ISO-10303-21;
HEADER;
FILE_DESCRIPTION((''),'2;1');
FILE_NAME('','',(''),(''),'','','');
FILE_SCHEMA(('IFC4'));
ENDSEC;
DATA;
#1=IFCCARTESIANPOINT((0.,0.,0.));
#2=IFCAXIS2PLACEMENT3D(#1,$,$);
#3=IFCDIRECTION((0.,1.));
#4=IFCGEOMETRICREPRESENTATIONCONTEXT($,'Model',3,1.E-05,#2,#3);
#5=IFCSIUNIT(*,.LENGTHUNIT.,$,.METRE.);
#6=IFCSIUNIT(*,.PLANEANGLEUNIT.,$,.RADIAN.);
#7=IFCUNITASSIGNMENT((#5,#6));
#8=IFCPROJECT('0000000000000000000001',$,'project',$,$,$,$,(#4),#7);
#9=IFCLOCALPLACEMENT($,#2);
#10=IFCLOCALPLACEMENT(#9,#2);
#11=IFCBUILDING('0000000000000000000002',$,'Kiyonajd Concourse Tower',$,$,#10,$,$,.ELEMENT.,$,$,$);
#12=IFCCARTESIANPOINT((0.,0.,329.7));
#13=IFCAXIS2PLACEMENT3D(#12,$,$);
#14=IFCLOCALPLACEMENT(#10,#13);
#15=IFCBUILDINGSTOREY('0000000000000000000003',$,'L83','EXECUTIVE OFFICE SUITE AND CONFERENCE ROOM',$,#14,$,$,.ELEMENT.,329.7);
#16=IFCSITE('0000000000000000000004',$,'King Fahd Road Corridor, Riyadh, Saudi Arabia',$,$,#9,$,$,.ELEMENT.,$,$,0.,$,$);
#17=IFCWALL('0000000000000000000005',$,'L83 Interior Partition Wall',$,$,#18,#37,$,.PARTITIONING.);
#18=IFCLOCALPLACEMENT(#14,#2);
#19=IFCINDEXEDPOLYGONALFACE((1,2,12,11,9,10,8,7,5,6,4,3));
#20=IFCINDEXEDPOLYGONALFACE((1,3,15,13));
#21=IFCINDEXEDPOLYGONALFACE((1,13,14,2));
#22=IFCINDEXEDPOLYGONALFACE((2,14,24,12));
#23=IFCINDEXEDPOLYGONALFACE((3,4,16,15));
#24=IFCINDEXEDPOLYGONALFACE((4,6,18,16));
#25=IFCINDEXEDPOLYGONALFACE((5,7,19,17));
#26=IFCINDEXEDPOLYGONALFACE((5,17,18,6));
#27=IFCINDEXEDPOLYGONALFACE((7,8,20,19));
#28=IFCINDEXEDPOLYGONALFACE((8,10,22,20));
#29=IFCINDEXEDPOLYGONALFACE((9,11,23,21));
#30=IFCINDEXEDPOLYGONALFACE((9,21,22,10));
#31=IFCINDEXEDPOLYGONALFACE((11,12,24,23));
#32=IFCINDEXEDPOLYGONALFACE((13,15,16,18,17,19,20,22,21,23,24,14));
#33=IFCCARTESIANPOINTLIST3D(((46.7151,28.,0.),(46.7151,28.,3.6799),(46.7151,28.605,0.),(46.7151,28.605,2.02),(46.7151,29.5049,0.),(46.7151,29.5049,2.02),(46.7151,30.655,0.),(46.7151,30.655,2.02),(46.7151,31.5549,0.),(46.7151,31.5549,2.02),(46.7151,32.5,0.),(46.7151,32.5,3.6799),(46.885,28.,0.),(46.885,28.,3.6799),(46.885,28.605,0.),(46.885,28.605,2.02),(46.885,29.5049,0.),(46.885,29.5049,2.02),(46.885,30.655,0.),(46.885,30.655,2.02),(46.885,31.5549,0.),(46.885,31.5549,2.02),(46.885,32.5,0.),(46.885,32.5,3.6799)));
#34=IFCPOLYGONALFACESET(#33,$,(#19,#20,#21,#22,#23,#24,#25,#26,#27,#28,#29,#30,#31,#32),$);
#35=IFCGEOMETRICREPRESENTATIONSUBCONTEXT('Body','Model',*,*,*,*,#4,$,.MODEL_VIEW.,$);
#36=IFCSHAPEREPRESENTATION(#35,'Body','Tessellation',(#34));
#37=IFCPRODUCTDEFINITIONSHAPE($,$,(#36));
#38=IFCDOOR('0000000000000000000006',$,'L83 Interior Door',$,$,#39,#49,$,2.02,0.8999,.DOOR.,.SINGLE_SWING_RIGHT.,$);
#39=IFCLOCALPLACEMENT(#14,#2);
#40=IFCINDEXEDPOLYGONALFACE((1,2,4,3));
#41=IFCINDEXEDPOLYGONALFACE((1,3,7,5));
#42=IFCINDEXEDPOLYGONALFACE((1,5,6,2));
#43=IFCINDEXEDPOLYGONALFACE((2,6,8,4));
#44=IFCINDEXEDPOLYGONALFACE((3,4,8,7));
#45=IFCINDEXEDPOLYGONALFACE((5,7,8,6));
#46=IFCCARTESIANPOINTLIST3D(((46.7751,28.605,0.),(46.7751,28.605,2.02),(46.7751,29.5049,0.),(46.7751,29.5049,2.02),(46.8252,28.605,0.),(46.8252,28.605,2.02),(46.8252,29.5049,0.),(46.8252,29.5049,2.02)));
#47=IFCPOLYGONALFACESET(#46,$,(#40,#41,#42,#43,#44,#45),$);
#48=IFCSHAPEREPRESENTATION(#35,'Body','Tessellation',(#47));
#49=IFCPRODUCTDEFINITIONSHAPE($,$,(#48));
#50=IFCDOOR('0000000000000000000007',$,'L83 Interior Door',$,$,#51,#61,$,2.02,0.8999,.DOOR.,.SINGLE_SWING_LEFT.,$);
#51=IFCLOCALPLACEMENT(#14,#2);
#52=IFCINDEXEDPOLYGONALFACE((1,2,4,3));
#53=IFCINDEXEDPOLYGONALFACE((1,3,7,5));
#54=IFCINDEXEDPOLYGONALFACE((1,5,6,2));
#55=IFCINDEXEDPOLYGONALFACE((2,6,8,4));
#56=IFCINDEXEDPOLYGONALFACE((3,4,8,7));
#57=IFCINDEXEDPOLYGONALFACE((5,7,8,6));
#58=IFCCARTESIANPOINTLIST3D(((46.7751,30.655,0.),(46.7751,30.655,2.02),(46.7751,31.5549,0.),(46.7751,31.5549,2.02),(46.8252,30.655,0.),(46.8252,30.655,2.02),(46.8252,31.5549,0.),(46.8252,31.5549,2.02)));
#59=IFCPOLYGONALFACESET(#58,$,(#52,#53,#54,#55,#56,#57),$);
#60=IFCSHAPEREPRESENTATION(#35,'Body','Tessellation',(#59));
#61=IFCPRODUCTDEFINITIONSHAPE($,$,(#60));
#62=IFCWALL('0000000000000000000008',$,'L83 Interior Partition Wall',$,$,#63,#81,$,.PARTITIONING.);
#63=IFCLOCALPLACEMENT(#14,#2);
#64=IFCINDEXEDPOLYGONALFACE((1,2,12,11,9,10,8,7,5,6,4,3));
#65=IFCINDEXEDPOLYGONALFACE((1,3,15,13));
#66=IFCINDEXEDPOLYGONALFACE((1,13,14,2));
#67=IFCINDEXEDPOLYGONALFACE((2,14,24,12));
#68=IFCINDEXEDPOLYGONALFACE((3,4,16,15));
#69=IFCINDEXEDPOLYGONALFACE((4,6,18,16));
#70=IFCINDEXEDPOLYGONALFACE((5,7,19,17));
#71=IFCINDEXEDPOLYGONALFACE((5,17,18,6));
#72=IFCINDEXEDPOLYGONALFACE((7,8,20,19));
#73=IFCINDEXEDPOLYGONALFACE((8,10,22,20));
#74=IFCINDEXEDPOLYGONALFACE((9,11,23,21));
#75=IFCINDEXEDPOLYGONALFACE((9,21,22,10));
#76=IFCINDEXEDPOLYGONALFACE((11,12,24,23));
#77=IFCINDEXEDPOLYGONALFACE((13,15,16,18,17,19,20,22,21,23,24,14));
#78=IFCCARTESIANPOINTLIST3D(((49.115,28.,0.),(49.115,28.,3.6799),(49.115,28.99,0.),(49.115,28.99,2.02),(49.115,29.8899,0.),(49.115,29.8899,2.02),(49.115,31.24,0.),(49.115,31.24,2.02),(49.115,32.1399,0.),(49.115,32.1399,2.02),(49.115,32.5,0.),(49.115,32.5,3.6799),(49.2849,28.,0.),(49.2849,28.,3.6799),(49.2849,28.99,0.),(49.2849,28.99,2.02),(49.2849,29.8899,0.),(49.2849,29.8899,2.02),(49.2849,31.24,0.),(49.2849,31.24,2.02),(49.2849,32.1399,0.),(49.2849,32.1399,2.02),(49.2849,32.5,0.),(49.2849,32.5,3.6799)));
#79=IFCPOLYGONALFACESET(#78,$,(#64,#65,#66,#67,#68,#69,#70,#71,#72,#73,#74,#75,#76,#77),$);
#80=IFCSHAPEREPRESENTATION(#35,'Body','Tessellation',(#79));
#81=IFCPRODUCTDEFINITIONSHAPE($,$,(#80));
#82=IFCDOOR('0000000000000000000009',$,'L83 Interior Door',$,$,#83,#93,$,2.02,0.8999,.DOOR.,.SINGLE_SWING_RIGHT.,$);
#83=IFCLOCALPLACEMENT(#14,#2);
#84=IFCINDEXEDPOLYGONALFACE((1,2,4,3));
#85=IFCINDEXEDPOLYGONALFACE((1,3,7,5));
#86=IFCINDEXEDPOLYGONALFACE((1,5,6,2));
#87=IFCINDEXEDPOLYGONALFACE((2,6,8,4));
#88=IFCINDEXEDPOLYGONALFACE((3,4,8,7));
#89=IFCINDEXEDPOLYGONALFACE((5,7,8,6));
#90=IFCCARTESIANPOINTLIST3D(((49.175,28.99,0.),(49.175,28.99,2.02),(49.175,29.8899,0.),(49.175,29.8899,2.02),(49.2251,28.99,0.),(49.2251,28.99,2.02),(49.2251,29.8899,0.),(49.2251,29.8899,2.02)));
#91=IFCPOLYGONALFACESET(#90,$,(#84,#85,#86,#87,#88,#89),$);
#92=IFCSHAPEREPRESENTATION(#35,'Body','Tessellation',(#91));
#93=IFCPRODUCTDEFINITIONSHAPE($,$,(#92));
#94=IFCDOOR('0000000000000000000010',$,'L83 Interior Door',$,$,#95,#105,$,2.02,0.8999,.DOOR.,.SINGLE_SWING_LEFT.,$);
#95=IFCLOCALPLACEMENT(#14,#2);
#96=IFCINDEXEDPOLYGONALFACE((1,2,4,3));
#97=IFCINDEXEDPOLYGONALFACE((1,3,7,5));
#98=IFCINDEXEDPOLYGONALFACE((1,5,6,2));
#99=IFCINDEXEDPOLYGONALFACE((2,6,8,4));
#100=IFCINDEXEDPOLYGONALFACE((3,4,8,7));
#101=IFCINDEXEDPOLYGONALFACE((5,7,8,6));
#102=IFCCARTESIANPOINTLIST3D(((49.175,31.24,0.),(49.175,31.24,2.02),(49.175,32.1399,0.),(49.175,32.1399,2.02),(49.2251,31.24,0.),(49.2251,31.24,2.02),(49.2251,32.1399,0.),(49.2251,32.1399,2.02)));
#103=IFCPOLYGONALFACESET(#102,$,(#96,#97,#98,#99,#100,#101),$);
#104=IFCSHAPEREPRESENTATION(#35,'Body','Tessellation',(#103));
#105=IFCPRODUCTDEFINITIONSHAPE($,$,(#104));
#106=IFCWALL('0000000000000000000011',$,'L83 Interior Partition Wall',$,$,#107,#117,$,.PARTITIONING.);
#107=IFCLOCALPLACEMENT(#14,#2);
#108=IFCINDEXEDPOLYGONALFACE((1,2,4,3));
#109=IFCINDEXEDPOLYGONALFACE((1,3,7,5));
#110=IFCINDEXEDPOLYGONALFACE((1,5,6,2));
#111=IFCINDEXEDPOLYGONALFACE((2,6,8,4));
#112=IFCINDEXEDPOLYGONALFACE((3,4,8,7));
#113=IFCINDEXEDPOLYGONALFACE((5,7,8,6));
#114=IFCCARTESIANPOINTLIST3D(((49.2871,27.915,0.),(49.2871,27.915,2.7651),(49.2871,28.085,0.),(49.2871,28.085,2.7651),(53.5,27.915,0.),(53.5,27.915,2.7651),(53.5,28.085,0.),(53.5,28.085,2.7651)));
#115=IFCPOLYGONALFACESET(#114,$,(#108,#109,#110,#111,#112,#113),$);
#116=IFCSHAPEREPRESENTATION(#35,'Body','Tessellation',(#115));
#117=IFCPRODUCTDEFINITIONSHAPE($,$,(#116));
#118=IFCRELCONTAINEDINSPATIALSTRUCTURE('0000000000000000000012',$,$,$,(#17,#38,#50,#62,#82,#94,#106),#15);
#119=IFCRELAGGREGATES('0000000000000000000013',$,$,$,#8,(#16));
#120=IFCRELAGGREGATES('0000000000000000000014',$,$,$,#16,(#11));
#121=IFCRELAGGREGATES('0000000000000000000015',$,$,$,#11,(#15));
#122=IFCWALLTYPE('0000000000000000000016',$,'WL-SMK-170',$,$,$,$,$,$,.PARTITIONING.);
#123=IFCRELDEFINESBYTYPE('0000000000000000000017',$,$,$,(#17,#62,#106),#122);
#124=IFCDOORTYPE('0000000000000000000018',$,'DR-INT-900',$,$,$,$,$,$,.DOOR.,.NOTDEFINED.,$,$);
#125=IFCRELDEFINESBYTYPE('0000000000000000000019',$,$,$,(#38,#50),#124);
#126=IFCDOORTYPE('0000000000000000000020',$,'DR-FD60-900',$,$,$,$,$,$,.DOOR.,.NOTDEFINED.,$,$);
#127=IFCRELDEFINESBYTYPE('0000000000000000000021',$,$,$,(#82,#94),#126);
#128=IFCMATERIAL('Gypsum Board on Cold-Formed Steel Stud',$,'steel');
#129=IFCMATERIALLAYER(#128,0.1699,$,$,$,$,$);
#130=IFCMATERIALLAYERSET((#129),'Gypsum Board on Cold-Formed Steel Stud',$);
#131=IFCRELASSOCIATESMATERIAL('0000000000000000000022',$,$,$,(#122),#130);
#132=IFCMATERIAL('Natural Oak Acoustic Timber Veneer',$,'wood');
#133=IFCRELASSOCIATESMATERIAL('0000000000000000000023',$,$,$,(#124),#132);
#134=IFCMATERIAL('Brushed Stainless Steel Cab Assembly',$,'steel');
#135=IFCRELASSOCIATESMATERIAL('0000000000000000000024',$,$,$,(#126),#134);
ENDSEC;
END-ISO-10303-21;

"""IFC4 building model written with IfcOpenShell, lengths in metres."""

from ifc_helpers import new_model, si_unit, direction, frame, frame_2d, origin, place, context, subcontext, project, spatial, rectangle, extrude, material, layer, layer_set, type_object, element, fill, save


model = new_model("IFC4")

# Units and contexts
model_context = context("Model", 3, precision=1e-05, world=origin(), true_north=direction((0.0, 1.0)))
body_context = subcontext(model_context, "Body", "Model", "MODEL_VIEW")
ifc_project = project(units=[si_unit("LENGTHUNIT", "METRE"), si_unit("PLANEANGLEUNIT", "RADIAN")], contexts=[model_context])

# Site, building, storey
site_placement = place(None, origin())
site = spatial("IfcSite", under=ifc_project, at=site_placement, Name="King Fahd Road Corridor, Riyadh, Saudi Arabia", CompositionType="ELEMENT", RefElevation=0.0)
building_placement = place(site_placement, origin())
building = spatial("IfcBuilding", under=site, at=building_placement, Name="Kiyonajd Concourse Tower", CompositionType="ELEMENT")
storey_placement = place(building_placement, frame((0.0, 0.0, 329.7)))
storey = spatial("IfcBuildingStorey", under=building, at=storey_placement, Name="L83", Description="EXECUTIVE OFFICE SUITE AND CONFERENCE ROOM", CompositionType="ELEMENT", Elevation=329.7)

# Shared definitions
ifc_material_1 = material(Name="Gypsum Board on Cold-Formed Steel Stud", Category="steel")

# Shared definitions
ifc_layer_1 = layer(ifc_material_1, 0.1699)
ifc_layer_set_1 = layer_set([ifc_layer_1], Name="Gypsum Board on Cold-Formed Steel Stud")
wall_type_1 = type_object("IfcWallType", Name="WL-SMK-170", PredefinedType="PARTITIONING", material=ifc_layer_set_1)
ifc_material_2 = material(Name="Natural Oak Acoustic Timber Veneer", Category="wood")
door_type_1 = type_object("IfcDoorType", Name="DR-INT-900", OperationType="NOTDEFINED", PredefinedType="DOOR", material=ifc_material_2)

# Shared definitions
ifc_material_3 = material(Name="Brushed Stainless Steel Cab Assembly", Category="steel")
door_type_2 = type_object("IfcDoorType", Name="DR-FD60-900", OperationType="NOTDEFINED", PredefinedType="DOOR", material=ifc_material_3)

# Walls, openings, doors
wall_1_placement = place(storey_placement, frame((46.8, 28.0, 0.0), z_axis=(0.0, 0.0, 1.0), x_axis=(0.0, 1.0, 0.0)))
wall_1 = element("IfcWall", 1, at=wall_1_placement, inside=storey, type_object=wall_type_1, Name="L83 Interior Partition Wall", PredefinedType="PARTITIONING", context=body_context, shape_type="SweptSolid", body=[
    extrude(rectangle(XDim=4.5, YDim=0.1699, at=frame_2d((2.25, 0.0))), origin(), (0.0, 0.0, 1.0), 3.6799),
])
opening_1_placement = place(wall_1_placement, frame((0.605, 0.0, 0.0)))
opening_1 = element("IfcOpeningElement", 2, at=opening_1_placement, cuts=wall_1, PredefinedType="OPENING", context=body_context, shape_type="SweptSolid", body=[
    extrude(rectangle(XDim=0.8999, YDim=2.02, at=frame_2d((0.45, 1.01))), frame((0.0, 0.095, 0.0), z_axis=(0.0, -1.0, 0.0), x_axis=(1.0, 0.0, 0.0)), (0.0, 0.0, 1.0), 0.1899),
])
opening_2_placement = place(wall_1_placement, frame((2.655, 0.0, 0.0)))
opening_2 = element("IfcOpeningElement", 3, at=opening_2_placement, cuts=wall_1, PredefinedType="OPENING", context=body_context, shape_type="SweptSolid", body=[
    extrude(rectangle(XDim=0.8999, YDim=2.02, at=frame_2d((0.45, 1.01))), frame((0.0, 0.095, 0.0), z_axis=(0.0, -1.0, 0.0), x_axis=(1.0, 0.0, 0.0)), (0.0, 0.0, 1.0), 0.1899),
])
door_1_placement = place(opening_1_placement, origin())
door_1 = element("IfcDoor", 4, at=door_1_placement, inside=storey, type_object=door_type_1, Name="L83 Interior Door", OperationType="SINGLE_SWING_RIGHT", OverallHeight=2.02, OverallWidth=0.8999, PredefinedType="DOOR", context=body_context, shape_type="SweptSolid", body=[
    extrude(rectangle(XDim=0.8999, YDim=2.02, at=frame_2d((0.45, 1.01))), frame((0.0, 0.0249, 0.0), z_axis=(0.0, -1.0, 0.0), x_axis=(1.0, 0.0, 0.0)), (0.0, 0.0, 1.0), 0.05),
])
fill(opening_1, door_1)
door_2_placement = place(opening_2_placement, origin())
door_2 = element("IfcDoor", 5, at=door_2_placement, inside=storey, type_object=door_type_1, Name="L83 Interior Door", OperationType="SINGLE_SWING_LEFT", OverallHeight=2.02, OverallWidth=0.8999, PredefinedType="DOOR", context=body_context, shape_type="SweptSolid", body=[
    extrude(rectangle(XDim=0.8999, YDim=2.02, at=frame_2d((0.45, 1.01))), frame((0.0, 0.0249, 0.0), z_axis=(0.0, -1.0, 0.0), x_axis=(1.0, 0.0, 0.0)), (0.0, 0.0, 1.0), 0.05),
])
fill(opening_2, door_2)
wall_2_placement = place(storey_placement, frame((49.2, 28.0, 0.0), z_axis=(0.0, 0.0, 1.0), x_axis=(0.0, 1.0, 0.0)))
wall_2 = element("IfcWall", 6, at=wall_2_placement, inside=storey, type_object=wall_type_1, Name="L83 Interior Partition Wall", PredefinedType="PARTITIONING", context=body_context, shape_type="SweptSolid", body=[
    extrude(rectangle(XDim=4.5, YDim=0.1699, at=frame_2d((2.25, 0.0))), origin(), (0.0, 0.0, 1.0), 3.6799),
])
opening_3_placement = place(wall_2_placement, frame((0.99, 0.0, 0.0)))
opening_3 = element("IfcOpeningElement", 7, at=opening_3_placement, cuts=wall_2, PredefinedType="OPENING", context=body_context, shape_type="SweptSolid", body=[
    extrude(rectangle(XDim=0.8999, YDim=2.02, at=frame_2d((0.45, 1.01))), frame((0.0, 0.095, 0.0), z_axis=(0.0, -1.0, 0.0), x_axis=(1.0, 0.0, 0.0)), (0.0, 0.0, 1.0), 0.1899),
])
opening_4_placement = place(wall_2_placement, frame((3.24, 0.0, 0.0)))
opening_4 = element("IfcOpeningElement", 8, at=opening_4_placement, cuts=wall_2, PredefinedType="OPENING", context=body_context, shape_type="SweptSolid", body=[
    extrude(rectangle(XDim=0.8999, YDim=2.02, at=frame_2d((0.45, 1.01))), frame((0.0, 0.095, 0.0), z_axis=(0.0, -1.0, 0.0), x_axis=(1.0, 0.0, 0.0)), (0.0, 0.0, 1.0), 0.1899),
])
door_3_placement = place(opening_3_placement, origin())
door_3 = element("IfcDoor", 9, at=door_3_placement, inside=storey, type_object=door_type_2, Name="L83 Interior Door", OperationType="SINGLE_SWING_RIGHT", OverallHeight=2.02, OverallWidth=0.8999, PredefinedType="DOOR", context=body_context, shape_type="SweptSolid", body=[
    extrude(rectangle(XDim=0.8999, YDim=2.02, at=frame_2d((0.45, 1.01))), frame((0.0, 0.0249, 0.0), z_axis=(0.0, -1.0, 0.0), x_axis=(1.0, 0.0, 0.0)), (0.0, 0.0, 1.0), 0.05),
])
fill(opening_3, door_3)
door_4_placement = place(opening_4_placement, origin())
door_4 = element("IfcDoor", 10, at=door_4_placement, inside=storey, type_object=door_type_2, Name="L83 Interior Door", OperationType="SINGLE_SWING_LEFT", OverallHeight=2.02, OverallWidth=0.8999, PredefinedType="DOOR", context=body_context, shape_type="SweptSolid", body=[
    extrude(rectangle(XDim=0.8999, YDim=2.02, at=frame_2d((0.45, 1.01))), frame((0.0, 0.0249, 0.0), z_axis=(0.0, -1.0, 0.0), x_axis=(1.0, 0.0, 0.0)), (0.0, 0.0, 1.0), 0.05),
])
fill(opening_4, door_4)

# Wall
wall_3_placement = place(storey_placement, frame((49.2871, 28.0, 0.0), z_axis=(0.0, 0.0, 1.0), x_axis=(1.0, 0.0, 0.0)))
element("IfcWall", 11, at=wall_3_placement, inside=storey, type_object=wall_type_1, Name="L83 Interior Partition Wall", PredefinedType="PARTITIONING", context=body_context, shape_type="SweptSolid", body=[
    extrude(rectangle(XDim=4.2129, YDim=0.1699, at=frame_2d((2.1064, 0.0))), origin(), (0.0, 0.0, 1.0), 2.7651),
])

save(model, "model.ifc")
